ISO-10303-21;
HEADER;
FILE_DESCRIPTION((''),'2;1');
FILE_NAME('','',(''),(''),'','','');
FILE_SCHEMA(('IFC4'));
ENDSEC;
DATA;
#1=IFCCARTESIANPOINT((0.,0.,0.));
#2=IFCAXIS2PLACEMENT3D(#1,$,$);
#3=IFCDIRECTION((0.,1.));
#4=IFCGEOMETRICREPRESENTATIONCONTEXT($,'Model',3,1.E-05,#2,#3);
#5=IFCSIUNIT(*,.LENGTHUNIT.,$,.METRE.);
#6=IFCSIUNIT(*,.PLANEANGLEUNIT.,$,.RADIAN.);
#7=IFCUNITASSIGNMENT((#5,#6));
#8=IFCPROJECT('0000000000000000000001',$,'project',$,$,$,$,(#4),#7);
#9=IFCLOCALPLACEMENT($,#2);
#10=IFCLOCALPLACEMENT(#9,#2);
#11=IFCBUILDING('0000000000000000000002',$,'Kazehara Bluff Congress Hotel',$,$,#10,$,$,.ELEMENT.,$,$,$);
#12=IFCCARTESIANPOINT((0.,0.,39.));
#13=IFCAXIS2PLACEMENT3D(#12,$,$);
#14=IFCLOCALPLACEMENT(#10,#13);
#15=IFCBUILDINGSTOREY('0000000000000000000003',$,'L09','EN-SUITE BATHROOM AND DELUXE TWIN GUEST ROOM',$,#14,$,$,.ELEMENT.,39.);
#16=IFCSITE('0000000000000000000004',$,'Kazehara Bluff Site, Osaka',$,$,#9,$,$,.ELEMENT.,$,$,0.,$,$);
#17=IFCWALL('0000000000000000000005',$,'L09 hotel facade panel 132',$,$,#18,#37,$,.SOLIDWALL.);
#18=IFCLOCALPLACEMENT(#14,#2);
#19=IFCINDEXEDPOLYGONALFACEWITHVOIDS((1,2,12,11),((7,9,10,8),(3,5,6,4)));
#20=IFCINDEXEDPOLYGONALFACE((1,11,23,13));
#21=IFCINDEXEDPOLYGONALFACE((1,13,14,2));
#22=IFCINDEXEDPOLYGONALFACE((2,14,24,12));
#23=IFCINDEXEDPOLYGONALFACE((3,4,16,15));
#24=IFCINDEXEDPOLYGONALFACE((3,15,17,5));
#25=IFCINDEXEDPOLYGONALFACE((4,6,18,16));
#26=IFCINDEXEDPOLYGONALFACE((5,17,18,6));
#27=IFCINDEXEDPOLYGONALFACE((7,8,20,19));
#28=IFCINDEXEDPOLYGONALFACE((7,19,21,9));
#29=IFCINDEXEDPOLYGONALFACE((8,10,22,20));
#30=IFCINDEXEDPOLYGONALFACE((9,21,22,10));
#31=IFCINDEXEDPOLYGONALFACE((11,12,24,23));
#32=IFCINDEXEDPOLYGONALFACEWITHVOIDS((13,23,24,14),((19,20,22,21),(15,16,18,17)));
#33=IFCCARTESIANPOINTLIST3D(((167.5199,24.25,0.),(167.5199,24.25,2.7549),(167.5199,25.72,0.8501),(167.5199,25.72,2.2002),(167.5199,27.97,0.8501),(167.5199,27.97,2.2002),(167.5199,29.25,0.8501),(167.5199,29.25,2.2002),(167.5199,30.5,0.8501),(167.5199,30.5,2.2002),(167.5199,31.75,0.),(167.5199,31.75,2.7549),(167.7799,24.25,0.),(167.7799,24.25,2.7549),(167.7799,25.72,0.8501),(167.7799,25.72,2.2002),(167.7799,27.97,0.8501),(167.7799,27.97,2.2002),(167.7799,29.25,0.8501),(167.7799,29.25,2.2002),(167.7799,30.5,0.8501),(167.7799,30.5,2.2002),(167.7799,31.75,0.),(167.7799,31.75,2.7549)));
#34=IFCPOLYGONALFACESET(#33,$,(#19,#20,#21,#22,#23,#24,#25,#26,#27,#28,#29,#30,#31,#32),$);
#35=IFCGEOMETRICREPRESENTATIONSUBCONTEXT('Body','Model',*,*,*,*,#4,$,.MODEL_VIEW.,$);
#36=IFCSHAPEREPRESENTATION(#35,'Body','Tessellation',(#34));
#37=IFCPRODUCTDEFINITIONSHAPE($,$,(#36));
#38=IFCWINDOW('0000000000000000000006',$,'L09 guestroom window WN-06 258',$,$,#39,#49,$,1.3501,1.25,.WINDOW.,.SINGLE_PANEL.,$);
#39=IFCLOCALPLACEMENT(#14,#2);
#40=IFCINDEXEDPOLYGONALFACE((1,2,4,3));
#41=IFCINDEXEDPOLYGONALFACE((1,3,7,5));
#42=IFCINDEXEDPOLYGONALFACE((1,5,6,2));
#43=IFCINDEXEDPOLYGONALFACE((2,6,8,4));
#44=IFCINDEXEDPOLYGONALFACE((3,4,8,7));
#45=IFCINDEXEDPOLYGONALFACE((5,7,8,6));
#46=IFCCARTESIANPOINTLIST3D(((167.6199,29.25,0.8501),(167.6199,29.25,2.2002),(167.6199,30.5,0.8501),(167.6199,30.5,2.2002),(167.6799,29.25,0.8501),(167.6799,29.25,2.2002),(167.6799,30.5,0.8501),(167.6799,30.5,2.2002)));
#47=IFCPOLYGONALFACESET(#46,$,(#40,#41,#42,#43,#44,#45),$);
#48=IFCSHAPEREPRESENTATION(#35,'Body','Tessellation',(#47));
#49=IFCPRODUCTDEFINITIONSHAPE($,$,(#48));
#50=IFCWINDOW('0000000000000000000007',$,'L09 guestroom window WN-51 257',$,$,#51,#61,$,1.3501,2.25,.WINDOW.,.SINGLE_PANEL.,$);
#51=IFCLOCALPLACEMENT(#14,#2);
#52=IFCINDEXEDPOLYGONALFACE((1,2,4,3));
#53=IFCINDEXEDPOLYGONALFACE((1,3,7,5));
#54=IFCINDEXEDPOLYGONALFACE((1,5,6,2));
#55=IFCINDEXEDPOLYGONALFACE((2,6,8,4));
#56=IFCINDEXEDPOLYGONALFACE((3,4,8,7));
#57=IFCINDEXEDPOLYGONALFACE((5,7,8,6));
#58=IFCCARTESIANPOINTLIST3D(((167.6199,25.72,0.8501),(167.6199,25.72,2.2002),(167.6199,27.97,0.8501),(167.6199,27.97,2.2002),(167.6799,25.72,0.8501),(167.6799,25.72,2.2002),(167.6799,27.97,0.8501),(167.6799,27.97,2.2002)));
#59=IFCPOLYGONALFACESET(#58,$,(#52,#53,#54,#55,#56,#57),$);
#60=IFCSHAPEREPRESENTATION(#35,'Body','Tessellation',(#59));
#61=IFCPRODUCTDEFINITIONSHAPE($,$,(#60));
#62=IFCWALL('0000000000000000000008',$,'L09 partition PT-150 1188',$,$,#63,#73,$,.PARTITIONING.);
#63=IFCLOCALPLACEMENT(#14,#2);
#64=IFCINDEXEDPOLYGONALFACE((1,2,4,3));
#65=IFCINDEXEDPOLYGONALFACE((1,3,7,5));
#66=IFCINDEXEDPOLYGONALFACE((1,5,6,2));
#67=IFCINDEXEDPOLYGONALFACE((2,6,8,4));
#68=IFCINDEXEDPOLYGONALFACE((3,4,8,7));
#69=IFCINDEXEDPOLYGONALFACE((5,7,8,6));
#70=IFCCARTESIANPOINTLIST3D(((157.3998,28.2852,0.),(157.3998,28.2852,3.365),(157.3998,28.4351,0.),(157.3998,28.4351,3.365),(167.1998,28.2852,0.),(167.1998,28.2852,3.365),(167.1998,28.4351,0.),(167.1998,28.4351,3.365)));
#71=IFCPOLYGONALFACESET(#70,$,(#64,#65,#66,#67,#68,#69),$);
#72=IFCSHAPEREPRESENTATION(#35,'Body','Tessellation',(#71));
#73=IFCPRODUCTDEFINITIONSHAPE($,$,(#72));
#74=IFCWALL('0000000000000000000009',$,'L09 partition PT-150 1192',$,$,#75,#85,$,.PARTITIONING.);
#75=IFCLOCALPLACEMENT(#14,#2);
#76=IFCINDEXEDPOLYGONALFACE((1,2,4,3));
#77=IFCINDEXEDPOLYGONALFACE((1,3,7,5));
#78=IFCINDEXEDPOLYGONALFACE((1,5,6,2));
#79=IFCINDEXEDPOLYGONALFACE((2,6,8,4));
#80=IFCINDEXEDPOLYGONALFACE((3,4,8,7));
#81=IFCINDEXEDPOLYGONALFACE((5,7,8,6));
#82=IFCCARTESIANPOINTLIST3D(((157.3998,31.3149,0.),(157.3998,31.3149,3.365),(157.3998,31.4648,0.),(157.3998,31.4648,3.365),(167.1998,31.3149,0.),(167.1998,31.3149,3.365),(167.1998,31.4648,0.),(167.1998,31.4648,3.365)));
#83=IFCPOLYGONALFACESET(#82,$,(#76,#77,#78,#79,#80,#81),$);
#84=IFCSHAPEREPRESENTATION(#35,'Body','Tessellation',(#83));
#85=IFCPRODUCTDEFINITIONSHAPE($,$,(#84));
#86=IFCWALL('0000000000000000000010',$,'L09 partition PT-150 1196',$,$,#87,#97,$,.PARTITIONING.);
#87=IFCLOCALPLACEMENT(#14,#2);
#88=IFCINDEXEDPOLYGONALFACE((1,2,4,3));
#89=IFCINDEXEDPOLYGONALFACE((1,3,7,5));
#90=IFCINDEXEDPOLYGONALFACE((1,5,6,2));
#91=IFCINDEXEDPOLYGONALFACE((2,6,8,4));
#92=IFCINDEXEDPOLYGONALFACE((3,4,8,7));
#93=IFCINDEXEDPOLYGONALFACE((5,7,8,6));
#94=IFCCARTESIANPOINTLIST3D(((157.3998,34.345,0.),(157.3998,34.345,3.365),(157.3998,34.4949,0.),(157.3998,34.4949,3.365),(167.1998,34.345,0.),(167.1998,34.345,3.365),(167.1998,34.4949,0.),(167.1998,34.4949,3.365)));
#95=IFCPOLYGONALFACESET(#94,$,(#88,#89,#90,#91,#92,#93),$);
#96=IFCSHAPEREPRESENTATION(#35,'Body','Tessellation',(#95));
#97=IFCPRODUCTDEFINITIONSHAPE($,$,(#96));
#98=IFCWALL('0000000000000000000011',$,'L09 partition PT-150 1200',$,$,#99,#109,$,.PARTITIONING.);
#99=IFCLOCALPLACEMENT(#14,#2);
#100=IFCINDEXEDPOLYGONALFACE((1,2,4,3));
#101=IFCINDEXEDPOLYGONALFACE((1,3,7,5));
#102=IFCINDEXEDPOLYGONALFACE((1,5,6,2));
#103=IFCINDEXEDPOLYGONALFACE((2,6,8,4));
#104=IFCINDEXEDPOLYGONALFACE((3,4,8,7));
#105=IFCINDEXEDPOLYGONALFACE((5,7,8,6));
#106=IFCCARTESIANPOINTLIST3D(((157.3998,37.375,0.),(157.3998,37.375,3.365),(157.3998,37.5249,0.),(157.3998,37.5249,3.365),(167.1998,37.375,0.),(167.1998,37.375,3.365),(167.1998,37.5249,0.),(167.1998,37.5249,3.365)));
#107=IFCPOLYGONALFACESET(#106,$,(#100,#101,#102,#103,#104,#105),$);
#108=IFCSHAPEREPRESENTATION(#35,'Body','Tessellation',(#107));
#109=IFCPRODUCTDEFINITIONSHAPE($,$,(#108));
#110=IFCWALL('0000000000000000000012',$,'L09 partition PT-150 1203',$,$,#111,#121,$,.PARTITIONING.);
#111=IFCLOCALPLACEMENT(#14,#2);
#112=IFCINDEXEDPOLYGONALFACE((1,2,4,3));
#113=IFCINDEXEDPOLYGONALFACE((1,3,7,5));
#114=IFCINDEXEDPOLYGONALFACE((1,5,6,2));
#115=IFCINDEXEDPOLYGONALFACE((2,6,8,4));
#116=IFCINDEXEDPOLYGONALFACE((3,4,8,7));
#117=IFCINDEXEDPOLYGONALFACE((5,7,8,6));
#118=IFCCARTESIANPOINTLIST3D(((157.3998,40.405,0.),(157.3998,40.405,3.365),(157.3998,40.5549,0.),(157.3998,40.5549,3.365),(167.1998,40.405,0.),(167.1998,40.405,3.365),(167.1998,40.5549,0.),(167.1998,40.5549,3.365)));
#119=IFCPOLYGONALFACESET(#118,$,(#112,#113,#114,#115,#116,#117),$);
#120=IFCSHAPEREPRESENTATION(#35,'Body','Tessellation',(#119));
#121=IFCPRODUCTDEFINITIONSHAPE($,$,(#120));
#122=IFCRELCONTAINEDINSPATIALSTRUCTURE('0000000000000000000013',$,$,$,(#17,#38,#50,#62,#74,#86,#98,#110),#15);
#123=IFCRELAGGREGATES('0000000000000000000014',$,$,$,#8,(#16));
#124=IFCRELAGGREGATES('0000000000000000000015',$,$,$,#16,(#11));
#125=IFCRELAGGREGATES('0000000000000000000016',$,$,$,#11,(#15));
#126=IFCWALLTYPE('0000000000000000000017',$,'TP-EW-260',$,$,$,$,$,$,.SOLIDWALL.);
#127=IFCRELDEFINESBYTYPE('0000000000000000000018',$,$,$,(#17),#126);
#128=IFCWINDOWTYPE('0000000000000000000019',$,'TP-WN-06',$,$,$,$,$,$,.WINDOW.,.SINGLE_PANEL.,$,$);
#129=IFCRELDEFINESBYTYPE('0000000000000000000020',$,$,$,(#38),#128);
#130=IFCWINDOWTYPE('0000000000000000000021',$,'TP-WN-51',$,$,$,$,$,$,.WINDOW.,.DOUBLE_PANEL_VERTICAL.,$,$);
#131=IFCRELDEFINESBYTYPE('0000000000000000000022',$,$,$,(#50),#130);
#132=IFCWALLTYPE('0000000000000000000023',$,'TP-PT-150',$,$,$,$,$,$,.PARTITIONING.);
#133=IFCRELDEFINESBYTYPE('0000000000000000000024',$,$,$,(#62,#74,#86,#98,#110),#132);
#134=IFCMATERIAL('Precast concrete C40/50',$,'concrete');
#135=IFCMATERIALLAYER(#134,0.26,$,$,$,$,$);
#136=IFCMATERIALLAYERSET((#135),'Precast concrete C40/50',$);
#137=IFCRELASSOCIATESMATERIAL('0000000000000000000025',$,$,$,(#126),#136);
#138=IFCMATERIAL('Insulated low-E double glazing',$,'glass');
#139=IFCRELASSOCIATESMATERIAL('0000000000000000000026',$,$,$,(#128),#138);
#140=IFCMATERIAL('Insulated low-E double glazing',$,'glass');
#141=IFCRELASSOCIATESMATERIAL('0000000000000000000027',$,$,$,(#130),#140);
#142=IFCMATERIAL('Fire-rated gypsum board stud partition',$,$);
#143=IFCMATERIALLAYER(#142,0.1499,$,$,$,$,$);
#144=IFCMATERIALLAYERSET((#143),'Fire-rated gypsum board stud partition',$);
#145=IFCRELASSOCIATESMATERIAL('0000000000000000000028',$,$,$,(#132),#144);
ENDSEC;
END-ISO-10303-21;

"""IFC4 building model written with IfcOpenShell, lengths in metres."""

from ifc_helpers import new_model, si_unit, direction, frame, frame_2d, origin, place, context, subcontext, project, spatial, rectangle, extrude, material, layer, layer_set, type_object, element, fill, save


model = new_model("IFC4")

# Units and contexts
model_context = context("Model", 3, precision=1e-05, world=origin(), true_north=direction((0.0, 1.0)))
body_context = subcontext(model_context, "Body", "Model", "MODEL_VIEW")
ifc_project = project(units=[si_unit("LENGTHUNIT", "METRE"), si_unit("PLANEANGLEUNIT", "RADIAN")], contexts=[model_context])

# Site, building, storey
site_placement = place(None, origin())
site = spatial("IfcSite", under=ifc_project, at=site_placement, Name="Kazehara Bluff Site, Osaka", CompositionType="ELEMENT", RefElevation=0.0)
building_placement = place(site_placement, origin())
building = spatial("IfcBuilding", under=site, at=building_placement, Name="Kazehara Bluff Congress Hotel", CompositionType="ELEMENT")
storey_placement = place(building_placement, frame((0.0, 0.0, 39.0)))
storey = spatial("IfcBuildingStorey", under=building, at=storey_placement, Name="L09", Description="EN-SUITE BATHROOM AND DELUXE TWIN GUEST ROOM", CompositionType="ELEMENT", Elevation=39.0)

# Wall, openings, windows
ifc_material_1 = material(Name="Precast concrete C40/50", Category="concrete")
ifc_layer_1 = layer(ifc_material_1, 0.26)
ifc_layer_set_1 = layer_set([ifc_layer_1], Name="Precast concrete C40/50")
wall_type_1 = type_object("IfcWallType", Name="TP-EW-260", PredefinedType="SOLIDWALL", material=ifc_layer_set_1)
wall_1_placement = place(storey_placement, frame((167.6499, 31.75, 0.0), z_axis=(0.0, 0.0, 1.0), x_axis=(0.0, -1.0, 0.0)))
wall_1 = element("IfcWall", 1, at=wall_1_placement, inside=storey, type_object=wall_type_1, Name="L09 hotel facade panel 132", PredefinedType="SOLIDWALL", context=body_context, shape_type="SweptSolid", body=[
    extrude(rectangle(XDim=7.5, YDim=0.26, at=frame_2d((3.75, 0.0))), origin(), (0.0, 0.0, 1.0), 2.7549),
])
opening_1_placement = place(wall_1_placement, frame((3.78, 0.0, 0.8501)))
opening_1 = element("IfcOpeningElement", 2, at=opening_1_placement, cuts=wall_1, PredefinedType="OPENING", context=body_context, shape_type="SweptSolid", body=[
    extrude(rectangle(XDim=2.25, YDim=1.3501, at=frame_2d((1.125, 0.675))), frame((0.0, 0.1399, 0.0), z_axis=(0.0, -1.0, 0.0), x_axis=(1.0, 0.0, 0.0)), (0.0, 0.0, 1.0), 0.28),
])
opening_2_placement = place(wall_1_placement, frame((1.25, 0.0, 0.8501)))
opening_2 = element("IfcOpeningElement", 3, at=opening_2_placement, cuts=wall_1, PredefinedType="OPENING", context=body_context, shape_type="SweptSolid", body=[
    extrude(rectangle(XDim=1.25, YDim=1.3501, at=frame_2d((0.625, 0.675))), frame((0.0, 0.1399, 0.0), z_axis=(0.0, -1.0, 0.0), x_axis=(1.0, 0.0, 0.0)), (0.0, 0.0, 1.0), 0.28),
])
ifc_material_2 = material(Name="Insulated low-E double glazing", Category="glass")
window_type_1 = type_object("IfcWindowType", Name="TP-WN-06", PartitioningType="SINGLE_PANEL", PredefinedType="WINDOW", material=ifc_material_2)
window_1_placement = place(opening_2_placement, origin())
window_1 = element("IfcWindow", 4, at=window_1_placement, inside=storey, type_object=window_type_1, Name="L09 guestroom window WN-06 258", OverallHeight=1.3501, OverallWidth=1.25, PartitioningType="SINGLE_PANEL", PredefinedType="WINDOW", context=body_context, shape_type="SweptSolid", body=[
    extrude(rectangle(XDim=1.25, YDim=1.3501, at=frame_2d((0.625, 0.675))), frame((0.0, 0.03, 0.0), z_axis=(0.0, -1.0, 0.0), x_axis=(1.0, 0.0, 0.0)), (0.0, 0.0, 1.0), 0.0601),
])
fill(opening_2, window_1)
ifc_material_3 = material(Name="Insulated low-E double glazing", Category="glass")
window_type_2 = type_object("IfcWindowType", Name="TP-WN-51", PartitioningType="DOUBLE_PANEL_VERTICAL", PredefinedType="WINDOW", material=ifc_material_3)
window_2_placement = place(opening_1_placement, origin())
window_2 = element("IfcWindow", 5, at=window_2_placement, inside=storey, type_object=window_type_2, Name="L09 guestroom window WN-51 257", OverallHeight=1.3501, OverallWidth=2.25, PartitioningType="SINGLE_PANEL", PredefinedType="WINDOW", context=body_context, shape_type="SweptSolid", body=[
    extrude(rectangle(XDim=2.25, YDim=1.3501, at=frame_2d((1.125, 0.675))), frame((0.0, 0.03, 0.0), z_axis=(0.0, -1.0, 0.0), x_axis=(1.0, 0.0, 0.0)), (0.0, 0.0, 1.0), 0.0601),
])
fill(opening_1, window_2)

# Wall
ifc_material_4 = material(Name="Fire-rated gypsum board stud partition")
ifc_layer_2 = layer(ifc_material_4, 0.1499)
ifc_layer_set_2 = layer_set([ifc_layer_2], Name="Fire-rated gypsum board stud partition")
wall_type_2 = type_object("IfcWallType", Name="TP-PT-150", PredefinedType="PARTITIONING", material=ifc_layer_set_2)
wall_2_placement = place(storey_placement, frame((157.3999, 28.3601, 0.0), z_axis=(0.0, 0.0, 1.0), x_axis=(1.0, 0.0, 0.0)))
element("IfcWall", 6, at=wall_2_placement, inside=storey, type_object=wall_type_2, Name="L09 partition PT-150 1188", PredefinedType="PARTITIONING", context=body_context, shape_type="SweptSolid", body=[
    extrude(rectangle(XDim=9.8, YDim=0.1499, at=frame_2d((4.8999, 0.0))), origin(), (0.0, 0.0, 1.0), 3.365),
])

# Wall
wall_3_placement = place(storey_placement, frame((157.3999, 31.3899, 0.0), z_axis=(0.0, 0.0, 1.0), x_axis=(1.0, 0.0, 0.0)))
element("IfcWall", 7, at=wall_3_placement, inside=storey, type_object=wall_type_2, Name="L09 partition PT-150 1192", PredefinedType="PARTITIONING", context=body_context, shape_type="SweptSolid", body=[
    extrude(rectangle(XDim=9.8, YDim=0.1499, at=frame_2d((4.8999, 0.0))), origin(), (0.0, 0.0, 1.0), 3.365),
])

# Wall
wall_4_placement = place(storey_placement, frame((157.3999, 34.4199, 0.0), z_axis=(0.0, 0.0, 1.0), x_axis=(1.0, 0.0, 0.0)))
element("IfcWall", 8, at=wall_4_placement, inside=storey, type_object=wall_type_2, Name="L09 partition PT-150 1196", PredefinedType="PARTITIONING", context=body_context, shape_type="SweptSolid", body=[
    extrude(rectangle(XDim=9.8, YDim=0.1499, at=frame_2d((4.8999, 0.0))), origin(), (0.0, 0.0, 1.0), 3.365),
])

# Wall
wall_5_placement = place(storey_placement, frame((157.3999, 37.45, 0.0), z_axis=(0.0, 0.0, 1.0), x_axis=(1.0, 0.0, 0.0)))
element("IfcWall", 9, at=wall_5_placement, inside=storey, type_object=wall_type_2, Name="L09 partition PT-150 1200", PredefinedType="PARTITIONING", context=body_context, shape_type="SweptSolid", body=[
    extrude(rectangle(XDim=9.8, YDim=0.1499, at=frame_2d((4.8999, 0.0))), origin(), (0.0, 0.0, 1.0), 3.365),
])

# Wall
wall_6_placement = place(storey_placement, frame((157.3999, 40.48, 0.0), z_axis=(0.0, 0.0, 1.0), x_axis=(1.0, 0.0, 0.0)))
element("IfcWall", 10, at=wall_6_placement, inside=storey, type_object=wall_type_2, Name="L09 partition PT-150 1203", PredefinedType="PARTITIONING", context=body_context, shape_type="SweptSolid", body=[
    extrude(rectangle(XDim=9.8, YDim=0.1499, at=frame_2d((4.8999, 0.0))), origin(), (0.0, 0.0, 1.0), 3.365),
])

save(model, "model.ifc")
